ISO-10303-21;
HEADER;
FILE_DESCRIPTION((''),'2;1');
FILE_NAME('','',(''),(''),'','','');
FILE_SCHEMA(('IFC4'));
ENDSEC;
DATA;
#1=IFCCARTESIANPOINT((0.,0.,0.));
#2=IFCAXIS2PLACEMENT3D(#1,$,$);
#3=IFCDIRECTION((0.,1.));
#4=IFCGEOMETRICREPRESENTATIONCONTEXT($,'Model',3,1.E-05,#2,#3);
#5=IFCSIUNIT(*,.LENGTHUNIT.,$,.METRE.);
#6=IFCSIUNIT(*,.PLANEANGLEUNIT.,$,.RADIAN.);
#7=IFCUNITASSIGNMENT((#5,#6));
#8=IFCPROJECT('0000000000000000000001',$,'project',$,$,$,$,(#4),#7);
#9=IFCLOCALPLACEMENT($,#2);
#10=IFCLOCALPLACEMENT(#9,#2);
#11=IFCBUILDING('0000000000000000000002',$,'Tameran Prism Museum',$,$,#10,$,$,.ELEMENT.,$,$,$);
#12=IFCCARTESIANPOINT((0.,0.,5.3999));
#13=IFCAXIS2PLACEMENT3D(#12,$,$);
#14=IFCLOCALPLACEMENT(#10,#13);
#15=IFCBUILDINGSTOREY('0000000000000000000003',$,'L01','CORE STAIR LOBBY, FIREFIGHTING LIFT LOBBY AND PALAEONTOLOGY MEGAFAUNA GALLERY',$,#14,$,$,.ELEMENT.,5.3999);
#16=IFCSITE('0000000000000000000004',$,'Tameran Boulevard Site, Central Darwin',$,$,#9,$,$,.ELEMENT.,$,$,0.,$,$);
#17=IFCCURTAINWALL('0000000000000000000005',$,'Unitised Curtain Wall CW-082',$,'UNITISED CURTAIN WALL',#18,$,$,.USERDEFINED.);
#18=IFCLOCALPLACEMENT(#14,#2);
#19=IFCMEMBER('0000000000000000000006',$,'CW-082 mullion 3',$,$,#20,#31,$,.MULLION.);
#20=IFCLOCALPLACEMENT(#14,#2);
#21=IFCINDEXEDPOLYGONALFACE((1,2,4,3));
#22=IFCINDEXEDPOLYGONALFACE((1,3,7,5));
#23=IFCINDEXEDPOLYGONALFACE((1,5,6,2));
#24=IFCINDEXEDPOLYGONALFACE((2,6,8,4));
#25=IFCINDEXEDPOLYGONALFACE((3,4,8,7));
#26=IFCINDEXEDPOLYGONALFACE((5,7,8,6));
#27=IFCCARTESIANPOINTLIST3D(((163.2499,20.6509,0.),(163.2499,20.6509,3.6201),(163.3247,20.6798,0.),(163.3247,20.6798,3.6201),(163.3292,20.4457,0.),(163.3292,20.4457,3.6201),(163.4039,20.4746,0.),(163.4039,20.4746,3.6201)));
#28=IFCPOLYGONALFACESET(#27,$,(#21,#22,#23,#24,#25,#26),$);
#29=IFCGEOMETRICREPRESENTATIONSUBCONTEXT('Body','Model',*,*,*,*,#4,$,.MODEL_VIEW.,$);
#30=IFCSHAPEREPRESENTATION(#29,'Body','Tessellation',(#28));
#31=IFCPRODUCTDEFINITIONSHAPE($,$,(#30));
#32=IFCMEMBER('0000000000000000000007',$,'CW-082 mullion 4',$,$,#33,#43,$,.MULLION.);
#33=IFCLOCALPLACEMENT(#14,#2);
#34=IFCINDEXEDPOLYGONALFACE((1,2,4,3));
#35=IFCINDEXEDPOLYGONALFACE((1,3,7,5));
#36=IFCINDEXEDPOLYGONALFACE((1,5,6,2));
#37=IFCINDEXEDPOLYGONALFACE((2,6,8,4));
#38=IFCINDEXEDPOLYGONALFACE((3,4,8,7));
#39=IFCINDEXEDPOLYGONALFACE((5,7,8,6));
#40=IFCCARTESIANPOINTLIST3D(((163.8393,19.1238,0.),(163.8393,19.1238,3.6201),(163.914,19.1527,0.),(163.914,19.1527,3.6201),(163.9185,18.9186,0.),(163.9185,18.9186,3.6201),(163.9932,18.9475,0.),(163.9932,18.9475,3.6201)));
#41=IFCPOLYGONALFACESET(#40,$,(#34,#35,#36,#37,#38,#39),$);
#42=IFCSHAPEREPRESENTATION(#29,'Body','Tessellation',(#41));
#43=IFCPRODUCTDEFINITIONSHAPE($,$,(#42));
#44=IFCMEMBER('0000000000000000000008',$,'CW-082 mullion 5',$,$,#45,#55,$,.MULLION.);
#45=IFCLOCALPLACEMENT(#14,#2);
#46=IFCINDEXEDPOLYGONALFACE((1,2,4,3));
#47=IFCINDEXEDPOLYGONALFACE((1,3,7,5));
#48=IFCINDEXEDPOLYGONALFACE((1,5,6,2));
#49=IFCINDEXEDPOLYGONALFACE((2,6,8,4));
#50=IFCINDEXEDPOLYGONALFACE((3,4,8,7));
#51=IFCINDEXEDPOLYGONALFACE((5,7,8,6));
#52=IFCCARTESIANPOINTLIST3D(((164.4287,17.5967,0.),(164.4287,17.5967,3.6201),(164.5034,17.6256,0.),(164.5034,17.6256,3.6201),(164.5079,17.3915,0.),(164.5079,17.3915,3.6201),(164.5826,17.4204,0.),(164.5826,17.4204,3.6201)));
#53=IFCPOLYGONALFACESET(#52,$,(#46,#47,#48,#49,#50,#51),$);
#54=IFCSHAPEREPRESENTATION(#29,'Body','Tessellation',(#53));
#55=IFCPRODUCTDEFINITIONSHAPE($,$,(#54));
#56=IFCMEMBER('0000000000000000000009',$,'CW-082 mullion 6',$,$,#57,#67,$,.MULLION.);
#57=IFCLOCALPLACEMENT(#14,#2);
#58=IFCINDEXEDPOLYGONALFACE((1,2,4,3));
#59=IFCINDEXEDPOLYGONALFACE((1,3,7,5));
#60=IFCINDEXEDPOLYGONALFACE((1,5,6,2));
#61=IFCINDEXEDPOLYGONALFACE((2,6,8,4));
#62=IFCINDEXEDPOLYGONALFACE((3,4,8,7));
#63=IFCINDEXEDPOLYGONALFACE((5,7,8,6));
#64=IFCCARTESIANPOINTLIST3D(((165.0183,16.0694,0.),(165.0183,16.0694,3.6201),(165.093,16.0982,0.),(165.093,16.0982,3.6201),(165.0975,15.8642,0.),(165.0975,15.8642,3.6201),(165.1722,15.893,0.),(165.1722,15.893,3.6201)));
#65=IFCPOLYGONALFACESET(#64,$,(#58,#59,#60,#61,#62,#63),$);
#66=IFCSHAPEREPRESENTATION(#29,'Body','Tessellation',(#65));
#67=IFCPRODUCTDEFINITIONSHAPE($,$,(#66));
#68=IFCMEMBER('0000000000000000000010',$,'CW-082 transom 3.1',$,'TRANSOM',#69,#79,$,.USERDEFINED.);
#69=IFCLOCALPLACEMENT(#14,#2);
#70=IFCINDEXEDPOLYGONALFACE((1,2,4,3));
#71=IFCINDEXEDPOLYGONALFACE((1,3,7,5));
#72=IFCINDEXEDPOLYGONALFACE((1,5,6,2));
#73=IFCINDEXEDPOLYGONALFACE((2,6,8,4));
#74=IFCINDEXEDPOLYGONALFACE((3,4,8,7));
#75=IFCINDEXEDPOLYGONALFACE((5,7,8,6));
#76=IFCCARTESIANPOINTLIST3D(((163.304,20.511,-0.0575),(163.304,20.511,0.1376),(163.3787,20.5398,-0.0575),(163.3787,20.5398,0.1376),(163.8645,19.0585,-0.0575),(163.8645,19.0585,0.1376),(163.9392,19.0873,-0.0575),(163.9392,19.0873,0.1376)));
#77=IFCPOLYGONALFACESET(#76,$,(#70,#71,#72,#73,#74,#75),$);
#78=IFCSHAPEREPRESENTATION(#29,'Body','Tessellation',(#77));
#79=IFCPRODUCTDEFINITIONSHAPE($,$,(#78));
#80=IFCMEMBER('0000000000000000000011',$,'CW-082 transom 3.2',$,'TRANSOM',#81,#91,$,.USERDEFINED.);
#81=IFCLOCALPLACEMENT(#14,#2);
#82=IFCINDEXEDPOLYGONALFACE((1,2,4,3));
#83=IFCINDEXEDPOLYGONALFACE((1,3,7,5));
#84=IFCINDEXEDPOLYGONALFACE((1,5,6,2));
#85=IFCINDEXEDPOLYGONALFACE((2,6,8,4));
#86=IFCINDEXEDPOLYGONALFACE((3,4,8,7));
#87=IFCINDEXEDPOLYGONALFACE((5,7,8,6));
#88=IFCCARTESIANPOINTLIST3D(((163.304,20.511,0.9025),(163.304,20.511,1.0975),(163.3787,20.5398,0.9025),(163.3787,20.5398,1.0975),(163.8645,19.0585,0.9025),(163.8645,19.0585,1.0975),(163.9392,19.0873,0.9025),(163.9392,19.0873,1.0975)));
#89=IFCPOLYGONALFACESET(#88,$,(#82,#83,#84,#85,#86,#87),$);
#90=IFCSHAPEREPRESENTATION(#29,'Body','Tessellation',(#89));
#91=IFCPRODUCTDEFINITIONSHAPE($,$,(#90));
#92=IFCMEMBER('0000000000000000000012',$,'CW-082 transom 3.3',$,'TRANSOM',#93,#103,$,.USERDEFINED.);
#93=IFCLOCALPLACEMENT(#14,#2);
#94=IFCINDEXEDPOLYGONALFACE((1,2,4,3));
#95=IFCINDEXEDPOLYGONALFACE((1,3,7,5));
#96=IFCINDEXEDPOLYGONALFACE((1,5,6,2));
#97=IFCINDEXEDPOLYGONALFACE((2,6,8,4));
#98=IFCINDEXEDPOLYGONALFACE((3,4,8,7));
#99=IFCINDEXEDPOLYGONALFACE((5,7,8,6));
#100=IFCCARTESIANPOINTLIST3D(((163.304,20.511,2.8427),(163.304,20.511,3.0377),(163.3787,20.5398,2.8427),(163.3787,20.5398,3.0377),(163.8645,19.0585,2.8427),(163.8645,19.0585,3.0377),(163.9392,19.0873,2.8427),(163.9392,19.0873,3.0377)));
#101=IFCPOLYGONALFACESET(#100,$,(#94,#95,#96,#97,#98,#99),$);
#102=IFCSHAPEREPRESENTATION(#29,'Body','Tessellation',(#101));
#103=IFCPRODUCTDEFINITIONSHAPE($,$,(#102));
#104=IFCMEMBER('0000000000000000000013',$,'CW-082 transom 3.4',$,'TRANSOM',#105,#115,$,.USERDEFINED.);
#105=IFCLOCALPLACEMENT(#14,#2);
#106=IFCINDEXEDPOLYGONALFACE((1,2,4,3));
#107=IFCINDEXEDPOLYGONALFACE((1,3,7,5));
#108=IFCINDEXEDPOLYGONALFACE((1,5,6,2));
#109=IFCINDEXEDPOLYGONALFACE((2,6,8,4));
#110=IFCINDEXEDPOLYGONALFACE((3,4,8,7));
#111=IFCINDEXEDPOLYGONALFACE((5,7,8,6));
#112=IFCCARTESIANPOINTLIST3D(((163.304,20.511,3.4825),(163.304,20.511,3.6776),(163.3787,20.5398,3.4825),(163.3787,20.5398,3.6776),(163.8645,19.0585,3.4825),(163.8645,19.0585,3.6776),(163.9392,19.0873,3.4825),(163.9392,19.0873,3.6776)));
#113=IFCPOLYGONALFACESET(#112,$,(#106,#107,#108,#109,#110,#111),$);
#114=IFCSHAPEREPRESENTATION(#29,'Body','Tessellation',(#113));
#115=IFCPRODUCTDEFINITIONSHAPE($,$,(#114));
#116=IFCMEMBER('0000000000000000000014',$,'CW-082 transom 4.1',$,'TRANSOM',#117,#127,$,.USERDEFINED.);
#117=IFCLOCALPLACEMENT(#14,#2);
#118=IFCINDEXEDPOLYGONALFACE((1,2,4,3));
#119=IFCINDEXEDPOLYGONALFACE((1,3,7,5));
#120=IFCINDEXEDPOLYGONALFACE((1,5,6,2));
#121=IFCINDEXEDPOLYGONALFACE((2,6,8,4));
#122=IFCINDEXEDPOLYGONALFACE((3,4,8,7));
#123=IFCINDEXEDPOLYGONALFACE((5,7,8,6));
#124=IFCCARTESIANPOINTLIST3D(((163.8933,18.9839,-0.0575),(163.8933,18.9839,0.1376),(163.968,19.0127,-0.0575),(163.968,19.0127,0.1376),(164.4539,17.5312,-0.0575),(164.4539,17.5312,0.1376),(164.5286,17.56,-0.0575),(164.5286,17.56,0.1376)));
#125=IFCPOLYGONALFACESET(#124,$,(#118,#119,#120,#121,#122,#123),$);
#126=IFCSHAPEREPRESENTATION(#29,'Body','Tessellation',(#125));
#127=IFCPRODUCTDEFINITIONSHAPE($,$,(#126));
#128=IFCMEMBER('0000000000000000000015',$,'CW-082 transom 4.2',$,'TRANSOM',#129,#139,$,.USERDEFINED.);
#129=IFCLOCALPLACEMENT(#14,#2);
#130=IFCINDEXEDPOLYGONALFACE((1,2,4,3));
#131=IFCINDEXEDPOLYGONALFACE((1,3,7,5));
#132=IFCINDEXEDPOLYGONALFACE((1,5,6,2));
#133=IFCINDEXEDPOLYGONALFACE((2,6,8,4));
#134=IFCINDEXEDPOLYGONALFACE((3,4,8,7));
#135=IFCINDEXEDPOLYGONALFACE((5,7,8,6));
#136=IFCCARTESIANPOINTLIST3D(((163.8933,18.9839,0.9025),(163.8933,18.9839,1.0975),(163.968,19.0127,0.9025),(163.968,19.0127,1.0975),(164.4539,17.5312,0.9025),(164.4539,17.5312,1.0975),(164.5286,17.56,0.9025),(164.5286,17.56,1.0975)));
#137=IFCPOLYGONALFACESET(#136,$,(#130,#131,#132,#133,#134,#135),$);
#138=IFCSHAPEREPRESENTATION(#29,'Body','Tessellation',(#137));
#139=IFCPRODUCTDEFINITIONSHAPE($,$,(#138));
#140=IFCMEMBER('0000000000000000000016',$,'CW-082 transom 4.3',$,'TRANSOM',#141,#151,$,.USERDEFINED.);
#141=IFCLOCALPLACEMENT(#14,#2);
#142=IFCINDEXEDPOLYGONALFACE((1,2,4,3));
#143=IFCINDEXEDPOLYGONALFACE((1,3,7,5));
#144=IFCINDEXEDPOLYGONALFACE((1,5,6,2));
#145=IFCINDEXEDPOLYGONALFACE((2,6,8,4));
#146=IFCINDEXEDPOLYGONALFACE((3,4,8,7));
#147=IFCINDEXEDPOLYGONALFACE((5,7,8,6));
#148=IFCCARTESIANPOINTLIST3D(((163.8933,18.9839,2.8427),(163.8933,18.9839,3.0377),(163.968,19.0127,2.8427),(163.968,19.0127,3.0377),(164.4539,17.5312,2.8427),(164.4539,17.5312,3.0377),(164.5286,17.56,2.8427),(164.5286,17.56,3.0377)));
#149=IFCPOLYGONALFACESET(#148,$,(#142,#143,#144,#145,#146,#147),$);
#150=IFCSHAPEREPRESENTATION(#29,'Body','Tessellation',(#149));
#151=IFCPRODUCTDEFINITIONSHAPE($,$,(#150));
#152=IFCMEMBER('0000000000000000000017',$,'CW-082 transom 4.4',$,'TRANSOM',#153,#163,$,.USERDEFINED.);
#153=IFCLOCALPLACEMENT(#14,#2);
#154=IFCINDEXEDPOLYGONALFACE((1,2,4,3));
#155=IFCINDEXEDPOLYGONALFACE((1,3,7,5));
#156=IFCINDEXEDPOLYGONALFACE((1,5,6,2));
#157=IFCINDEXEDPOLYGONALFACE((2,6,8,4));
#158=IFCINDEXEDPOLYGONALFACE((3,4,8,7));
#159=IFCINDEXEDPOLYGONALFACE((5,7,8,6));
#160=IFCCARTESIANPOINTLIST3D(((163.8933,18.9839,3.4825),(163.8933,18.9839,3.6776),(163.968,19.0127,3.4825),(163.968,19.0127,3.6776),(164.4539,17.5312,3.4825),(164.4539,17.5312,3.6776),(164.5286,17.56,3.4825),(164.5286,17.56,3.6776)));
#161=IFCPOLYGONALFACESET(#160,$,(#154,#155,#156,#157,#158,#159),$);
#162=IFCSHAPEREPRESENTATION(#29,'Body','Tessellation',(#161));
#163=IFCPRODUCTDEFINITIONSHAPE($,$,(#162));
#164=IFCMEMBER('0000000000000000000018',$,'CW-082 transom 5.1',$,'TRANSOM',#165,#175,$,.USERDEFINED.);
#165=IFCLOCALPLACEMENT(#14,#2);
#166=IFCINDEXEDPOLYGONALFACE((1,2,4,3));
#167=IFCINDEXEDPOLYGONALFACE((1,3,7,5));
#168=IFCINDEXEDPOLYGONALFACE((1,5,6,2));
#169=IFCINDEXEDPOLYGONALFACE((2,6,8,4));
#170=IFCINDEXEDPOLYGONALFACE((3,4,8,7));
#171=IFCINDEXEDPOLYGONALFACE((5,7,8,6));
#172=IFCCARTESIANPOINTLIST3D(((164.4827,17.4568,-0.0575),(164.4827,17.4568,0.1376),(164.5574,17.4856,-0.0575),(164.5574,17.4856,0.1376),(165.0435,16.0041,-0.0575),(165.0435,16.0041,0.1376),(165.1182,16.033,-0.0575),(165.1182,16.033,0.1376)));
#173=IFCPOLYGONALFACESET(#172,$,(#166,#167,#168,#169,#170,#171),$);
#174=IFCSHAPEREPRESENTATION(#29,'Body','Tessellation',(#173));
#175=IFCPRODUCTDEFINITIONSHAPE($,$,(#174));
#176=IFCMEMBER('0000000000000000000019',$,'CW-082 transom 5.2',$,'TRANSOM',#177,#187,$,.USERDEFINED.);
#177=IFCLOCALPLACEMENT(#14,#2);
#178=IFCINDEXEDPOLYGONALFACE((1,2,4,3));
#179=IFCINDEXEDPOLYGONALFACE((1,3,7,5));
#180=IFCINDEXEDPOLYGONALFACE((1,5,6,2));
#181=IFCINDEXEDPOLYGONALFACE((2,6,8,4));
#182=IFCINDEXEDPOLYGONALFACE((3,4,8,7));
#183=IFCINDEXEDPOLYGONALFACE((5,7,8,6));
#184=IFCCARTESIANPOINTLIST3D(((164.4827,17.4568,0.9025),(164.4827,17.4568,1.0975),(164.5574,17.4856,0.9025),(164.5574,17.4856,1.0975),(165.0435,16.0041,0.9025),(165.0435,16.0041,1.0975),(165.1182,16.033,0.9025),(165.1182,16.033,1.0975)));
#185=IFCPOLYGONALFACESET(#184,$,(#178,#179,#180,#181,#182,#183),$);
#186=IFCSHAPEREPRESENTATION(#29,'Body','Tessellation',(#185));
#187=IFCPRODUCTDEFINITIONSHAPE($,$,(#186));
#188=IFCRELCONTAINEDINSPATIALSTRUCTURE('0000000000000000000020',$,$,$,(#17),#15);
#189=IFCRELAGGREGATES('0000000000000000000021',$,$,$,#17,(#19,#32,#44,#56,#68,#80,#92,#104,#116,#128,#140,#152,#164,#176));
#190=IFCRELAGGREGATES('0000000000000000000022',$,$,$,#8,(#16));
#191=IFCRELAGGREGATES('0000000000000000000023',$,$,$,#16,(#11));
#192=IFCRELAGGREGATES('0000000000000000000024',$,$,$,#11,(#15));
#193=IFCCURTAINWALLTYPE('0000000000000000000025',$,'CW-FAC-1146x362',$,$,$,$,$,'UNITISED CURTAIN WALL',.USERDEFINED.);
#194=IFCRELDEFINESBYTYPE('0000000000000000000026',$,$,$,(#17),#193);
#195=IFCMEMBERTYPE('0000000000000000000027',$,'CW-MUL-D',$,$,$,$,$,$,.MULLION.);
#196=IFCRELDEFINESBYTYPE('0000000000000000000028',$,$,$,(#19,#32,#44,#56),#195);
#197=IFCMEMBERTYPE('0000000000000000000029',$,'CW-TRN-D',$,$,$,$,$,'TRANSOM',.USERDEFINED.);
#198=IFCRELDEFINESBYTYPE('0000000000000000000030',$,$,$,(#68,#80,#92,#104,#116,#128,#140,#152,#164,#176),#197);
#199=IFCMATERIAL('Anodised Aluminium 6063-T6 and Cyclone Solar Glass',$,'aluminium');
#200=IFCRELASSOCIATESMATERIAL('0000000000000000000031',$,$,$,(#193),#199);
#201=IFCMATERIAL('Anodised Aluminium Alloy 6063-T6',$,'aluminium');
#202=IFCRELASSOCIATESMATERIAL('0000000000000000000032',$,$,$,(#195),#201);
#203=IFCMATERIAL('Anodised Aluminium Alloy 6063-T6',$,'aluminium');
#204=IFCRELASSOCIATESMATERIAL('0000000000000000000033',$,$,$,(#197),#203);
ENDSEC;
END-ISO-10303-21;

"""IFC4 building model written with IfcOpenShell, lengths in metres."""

from ifc_helpers import new_model, si_unit, direction, frame, origin, origin_2d, place, context, subcontext, project, spatial, rectangle, extrude, material, material_profile, profile_set, type_object, element, aggregate, save


model = new_model("IFC4")

# Units and contexts
model_context = context("Model", 3, precision=1e-05, world=origin(), true_north=direction((0.0, 1.0)))
body_context = subcontext(model_context, "Body", "Model", "MODEL_VIEW")
ifc_project = project(units=[si_unit("LENGTHUNIT", "METRE"), si_unit("PLANEANGLEUNIT", "RADIAN")], contexts=[model_context])

# Site, building, storey
site_placement = place(None, origin())
site = spatial("IfcSite", under=ifc_project, at=site_placement, Name="Tameran Boulevard Site, Central Darwin", CompositionType="ELEMENT", RefElevation=0.0)
building_placement = place(site_placement, origin())
building = spatial("IfcBuilding", under=site, at=building_placement, Name="Tameran Prism Museum", CompositionType="ELEMENT")
storey_placement = place(building_placement, frame((0.0, 0.0, 5.3999)))
storey = spatial("IfcBuildingStorey", under=building, at=storey_placement, Name="L01", Description="CORE STAIR LOBBY, FIREFIGHTING LIFT LOBBY AND PALAEONTOLOGY MEGAFAUNA GALLERY", CompositionType="ELEMENT", Elevation=5.3999)

# Curtain wall, members
ifc_material_1 = material(Name="Anodised Aluminium 6063-T6 and Cyclone Solar Glass", Category="aluminium")
curtain_wall_type = type_object("IfcCurtainWallType", Name="CW-FAC-1146x362", ElementType="UNITISED CURTAIN WALL", PredefinedType="USERDEFINED", material=ifc_material_1)
curtain_wall_placement = place(storey_placement, origin())
curtain_wall = element("IfcCurtainWall", 1, at=curtain_wall_placement, inside=storey, type_object=curtain_wall_type, Name="Unitised Curtain Wall CW-082", ObjectType="UNITISED CURTAIN WALL", PredefinedType="USERDEFINED")
ifc_material_2 = material(Name="Anodised Aluminium Alloy 6063-T6", Category="aluminium")
ifc_material_profile_1 = material_profile(ifc_material_2, rectangle(XDim=0.0801, YDim=0.22, at=origin_2d()))
ifc_profile_set_1 = profile_set([ifc_material_profile_1])
member_type_1 = type_object("IfcMemberType", Name="CW-MUL-D", PredefinedType="MULLION", material=ifc_profile_set_1)
member_1_placement = place(storey_placement, frame((163.3269, 20.5627, 0.0), z_axis=(0.0, 0.0, 1.0), x_axis=(0.932922, 0.360078, 0.0)))
member_1 = element("IfcMember", 2, at=member_1_placement, type_object=member_type_1, Name="CW-082 mullion 3", PredefinedType="MULLION", context=body_context, shape_type="SweptSolid", body=[
    extrude(rectangle(XDim=0.0801, YDim=0.22, at=origin_2d()), origin(), (0.0, 0.0, 1.0), 3.6201),
])
member_2_placement = place(storey_placement, frame((163.9163, 19.0356, 0.0), z_axis=(0.0, 0.0, 1.0), x_axis=(0.932922, 0.360078, 0.0)))
member_2 = element("IfcMember", 3, at=member_2_placement, type_object=member_type_1, Name="CW-082 mullion 4", PredefinedType="MULLION", context=body_context, shape_type="SweptSolid", body=[
    extrude(rectangle(XDim=0.0801, YDim=0.22, at=origin_2d()), origin(), (0.0, 0.0, 1.0), 3.6201),
])
member_3_placement = place(storey_placement, frame((164.5056, 17.5085, 0.0), z_axis=(0.0, 0.0, 1.0), x_axis=(0.932922, 0.360078, 0.0)))
member_3 = element("IfcMember", 4, at=member_3_placement, type_object=member_type_1, Name="CW-082 mullion 5", PredefinedType="MULLION", context=body_context, shape_type="SweptSolid", body=[
    extrude(rectangle(XDim=0.0801, YDim=0.22, at=origin_2d()), origin(), (0.0, 0.0, 1.0), 3.6201),
])
member_4_placement = place(storey_placement, frame((165.0952, 15.9812, 0.0), z_axis=(0.0, 0.0, 1.0), x_axis=(0.932922, 0.360078, 0.0)))
member_4 = element("IfcMember", 5, at=member_4_placement, type_object=member_type_1, Name="CW-082 mullion 6", PredefinedType="MULLION", context=body_context, shape_type="SweptSolid", body=[
    extrude(rectangle(XDim=0.0801, YDim=0.22, at=origin_2d()), origin(), (0.0, 0.0, 1.0), 3.6201),
])
ifc_material_3 = material(Name="Anodised Aluminium Alloy 6063-T6", Category="aluminium")
ifc_material_profile_2 = material_profile(ifc_material_3, rectangle(XDim=0.0801, YDim=0.1951, at=origin_2d()))
ifc_profile_set_2 = profile_set([ifc_material_profile_2])
member_type_2 = type_object("IfcMemberType", Name="CW-TRN-D", ElementType="TRANSOM", PredefinedType="USERDEFINED", material=ifc_profile_set_2)
member_5_placement = place(storey_placement, frame((163.3413, 20.5254, 0.04), z_axis=(0.360061, -0.932929, 0.0), x_axis=(0.932929, 0.360061, 0.0)))
member_5 = element("IfcMember", 6, at=member_5_placement, type_object=member_type_2, Name="CW-082 transom 3.1", ObjectType="TRANSOM", PredefinedType="USERDEFINED", context=body_context, shape_type="SweptSolid", body=[
    extrude(rectangle(XDim=0.0801, YDim=0.1951, at=origin_2d()), origin(), (0.0, 0.0, 1.0), 1.5569),
])
member_6_placement = place(storey_placement, frame((163.3413, 20.5254, 1.0), z_axis=(0.360061, -0.932929, 0.0), x_axis=(0.932929, 0.360061, 0.0)))
member_6 = element("IfcMember", 7, at=member_6_placement, type_object=member_type_2, Name="CW-082 transom 3.2", ObjectType="TRANSOM", PredefinedType="USERDEFINED", context=body_context, shape_type="SweptSolid", body=[
    extrude(rectangle(XDim=0.0801, YDim=0.1951, at=origin_2d()), origin(), (0.0, 0.0, 1.0), 1.5569),
])
member_7_placement = place(storey_placement, frame((163.3413, 20.5254, 2.9402), z_axis=(0.360061, -0.932929, 0.0), x_axis=(0.932929, 0.360061, 0.0)))
member_7 = element("IfcMember", 8, at=member_7_placement, type_object=member_type_2, Name="CW-082 transom 3.3", ObjectType="TRANSOM", PredefinedType="USERDEFINED", context=body_context, shape_type="SweptSolid", body=[
    extrude(rectangle(XDim=0.0801, YDim=0.1951, at=origin_2d()), origin(), (0.0, 0.0, 1.0), 1.5569),
])
member_8_placement = place(storey_placement, frame((163.3413, 20.5254, 3.5801), z_axis=(0.360061, -0.932929, 0.0), x_axis=(0.932929, 0.360061, 0.0)))
member_8 = element("IfcMember", 9, at=member_8_placement, type_object=member_type_2, Name="CW-082 transom 3.4", ObjectType="TRANSOM", PredefinedType="USERDEFINED", context=body_context, shape_type="SweptSolid", body=[
    extrude(rectangle(XDim=0.0801, YDim=0.1951, at=origin_2d()), origin(), (0.0, 0.0, 1.0), 1.5569),
])
member_9_placement = place(storey_placement, frame((163.9307, 18.9983, 0.04), z_axis=(0.360009, -0.932949, 0.0), x_axis=(0.932949, 0.360009, 0.0)))
member_9 = element("IfcMember", 10, at=member_9_placement, type_object=member_type_2, Name="CW-082 transom 4.1", ObjectType="TRANSOM", PredefinedType="USERDEFINED", context=body_context, shape_type="SweptSolid", body=[
    extrude(rectangle(XDim=0.0801, YDim=0.1951, at=origin_2d()), origin(), (0.0, 0.0, 1.0), 1.5571),
])
member_10_placement = place(storey_placement, frame((163.9307, 18.9983, 1.0), z_axis=(0.360009, -0.932949, 0.0), x_axis=(0.932949, 0.360009, 0.0)))
member_10 = element("IfcMember", 11, at=member_10_placement, type_object=member_type_2, Name="CW-082 transom 4.2", ObjectType="TRANSOM", PredefinedType="USERDEFINED", context=body_context, shape_type="SweptSolid", body=[
    extrude(rectangle(XDim=0.0801, YDim=0.1951, at=origin_2d()), origin(), (0.0, 0.0, 1.0), 1.5571),
])
member_11_placement = place(storey_placement, frame((163.9307, 18.9983, 2.9402), z_axis=(0.360009, -0.932949, 0.0), x_axis=(0.932949, 0.360009, 0.0)))
member_11 = element("IfcMember", 12, at=member_11_placement, type_object=member_type_2, Name="CW-082 transom 4.3", ObjectType="TRANSOM", PredefinedType="USERDEFINED", context=body_context, shape_type="SweptSolid", body=[
    extrude(rectangle(XDim=0.0801, YDim=0.1951, at=origin_2d()), origin(), (0.0, 0.0, 1.0), 1.5571),
])
member_12_placement = place(storey_placement, frame((163.9307, 18.9983, 3.5801), z_axis=(0.360009, -0.932949, 0.0), x_axis=(0.932949, 0.360009, 0.0)))
member_12 = element("IfcMember", 13, at=member_12_placement, type_object=member_type_2, Name="CW-082 transom 4.4", ObjectType="TRANSOM", PredefinedType="USERDEFINED", context=body_context, shape_type="SweptSolid", body=[
    extrude(rectangle(XDim=0.0801, YDim=0.1951, at=origin_2d()), origin(), (0.0, 0.0, 1.0), 1.5571),
])
member_13_placement = place(storey_placement, frame((164.52, 17.4712, 0.04), z_axis=(0.360145, -0.932896, 0.0), x_axis=(0.932896, 0.360145, 0.0)))
member_13 = element("IfcMember", 14, at=member_13_placement, type_object=member_type_2, Name="CW-082 transom 5.1", ObjectType="TRANSOM", PredefinedType="USERDEFINED", context=body_context, shape_type="SweptSolid", body=[
    extrude(rectangle(XDim=0.0801, YDim=0.1951, at=origin_2d()), origin(), (0.0, 0.0, 1.0), 1.5571),
])
member_14_placement = place(storey_placement, frame((164.52, 17.4712, 1.0), z_axis=(0.360145, -0.932896, 0.0), x_axis=(0.932896, 0.360145, 0.0)))
member_14 = element("IfcMember", 15, at=member_14_placement, type_object=member_type_2, Name="CW-082 transom 5.2", ObjectType="TRANSOM", PredefinedType="USERDEFINED", context=body_context, shape_type="SweptSolid", body=[
    extrude(rectangle(XDim=0.0801, YDim=0.1951, at=origin_2d()), origin(), (0.0, 0.0, 1.0), 1.5571),
])
aggregate(curtain_wall, [member_1, member_2, member_3, member_4, member_5, member_6, member_7, member_8, member_9, member_10, member_11, member_12, member_13, member_14])

save(model, "model.ifc")
